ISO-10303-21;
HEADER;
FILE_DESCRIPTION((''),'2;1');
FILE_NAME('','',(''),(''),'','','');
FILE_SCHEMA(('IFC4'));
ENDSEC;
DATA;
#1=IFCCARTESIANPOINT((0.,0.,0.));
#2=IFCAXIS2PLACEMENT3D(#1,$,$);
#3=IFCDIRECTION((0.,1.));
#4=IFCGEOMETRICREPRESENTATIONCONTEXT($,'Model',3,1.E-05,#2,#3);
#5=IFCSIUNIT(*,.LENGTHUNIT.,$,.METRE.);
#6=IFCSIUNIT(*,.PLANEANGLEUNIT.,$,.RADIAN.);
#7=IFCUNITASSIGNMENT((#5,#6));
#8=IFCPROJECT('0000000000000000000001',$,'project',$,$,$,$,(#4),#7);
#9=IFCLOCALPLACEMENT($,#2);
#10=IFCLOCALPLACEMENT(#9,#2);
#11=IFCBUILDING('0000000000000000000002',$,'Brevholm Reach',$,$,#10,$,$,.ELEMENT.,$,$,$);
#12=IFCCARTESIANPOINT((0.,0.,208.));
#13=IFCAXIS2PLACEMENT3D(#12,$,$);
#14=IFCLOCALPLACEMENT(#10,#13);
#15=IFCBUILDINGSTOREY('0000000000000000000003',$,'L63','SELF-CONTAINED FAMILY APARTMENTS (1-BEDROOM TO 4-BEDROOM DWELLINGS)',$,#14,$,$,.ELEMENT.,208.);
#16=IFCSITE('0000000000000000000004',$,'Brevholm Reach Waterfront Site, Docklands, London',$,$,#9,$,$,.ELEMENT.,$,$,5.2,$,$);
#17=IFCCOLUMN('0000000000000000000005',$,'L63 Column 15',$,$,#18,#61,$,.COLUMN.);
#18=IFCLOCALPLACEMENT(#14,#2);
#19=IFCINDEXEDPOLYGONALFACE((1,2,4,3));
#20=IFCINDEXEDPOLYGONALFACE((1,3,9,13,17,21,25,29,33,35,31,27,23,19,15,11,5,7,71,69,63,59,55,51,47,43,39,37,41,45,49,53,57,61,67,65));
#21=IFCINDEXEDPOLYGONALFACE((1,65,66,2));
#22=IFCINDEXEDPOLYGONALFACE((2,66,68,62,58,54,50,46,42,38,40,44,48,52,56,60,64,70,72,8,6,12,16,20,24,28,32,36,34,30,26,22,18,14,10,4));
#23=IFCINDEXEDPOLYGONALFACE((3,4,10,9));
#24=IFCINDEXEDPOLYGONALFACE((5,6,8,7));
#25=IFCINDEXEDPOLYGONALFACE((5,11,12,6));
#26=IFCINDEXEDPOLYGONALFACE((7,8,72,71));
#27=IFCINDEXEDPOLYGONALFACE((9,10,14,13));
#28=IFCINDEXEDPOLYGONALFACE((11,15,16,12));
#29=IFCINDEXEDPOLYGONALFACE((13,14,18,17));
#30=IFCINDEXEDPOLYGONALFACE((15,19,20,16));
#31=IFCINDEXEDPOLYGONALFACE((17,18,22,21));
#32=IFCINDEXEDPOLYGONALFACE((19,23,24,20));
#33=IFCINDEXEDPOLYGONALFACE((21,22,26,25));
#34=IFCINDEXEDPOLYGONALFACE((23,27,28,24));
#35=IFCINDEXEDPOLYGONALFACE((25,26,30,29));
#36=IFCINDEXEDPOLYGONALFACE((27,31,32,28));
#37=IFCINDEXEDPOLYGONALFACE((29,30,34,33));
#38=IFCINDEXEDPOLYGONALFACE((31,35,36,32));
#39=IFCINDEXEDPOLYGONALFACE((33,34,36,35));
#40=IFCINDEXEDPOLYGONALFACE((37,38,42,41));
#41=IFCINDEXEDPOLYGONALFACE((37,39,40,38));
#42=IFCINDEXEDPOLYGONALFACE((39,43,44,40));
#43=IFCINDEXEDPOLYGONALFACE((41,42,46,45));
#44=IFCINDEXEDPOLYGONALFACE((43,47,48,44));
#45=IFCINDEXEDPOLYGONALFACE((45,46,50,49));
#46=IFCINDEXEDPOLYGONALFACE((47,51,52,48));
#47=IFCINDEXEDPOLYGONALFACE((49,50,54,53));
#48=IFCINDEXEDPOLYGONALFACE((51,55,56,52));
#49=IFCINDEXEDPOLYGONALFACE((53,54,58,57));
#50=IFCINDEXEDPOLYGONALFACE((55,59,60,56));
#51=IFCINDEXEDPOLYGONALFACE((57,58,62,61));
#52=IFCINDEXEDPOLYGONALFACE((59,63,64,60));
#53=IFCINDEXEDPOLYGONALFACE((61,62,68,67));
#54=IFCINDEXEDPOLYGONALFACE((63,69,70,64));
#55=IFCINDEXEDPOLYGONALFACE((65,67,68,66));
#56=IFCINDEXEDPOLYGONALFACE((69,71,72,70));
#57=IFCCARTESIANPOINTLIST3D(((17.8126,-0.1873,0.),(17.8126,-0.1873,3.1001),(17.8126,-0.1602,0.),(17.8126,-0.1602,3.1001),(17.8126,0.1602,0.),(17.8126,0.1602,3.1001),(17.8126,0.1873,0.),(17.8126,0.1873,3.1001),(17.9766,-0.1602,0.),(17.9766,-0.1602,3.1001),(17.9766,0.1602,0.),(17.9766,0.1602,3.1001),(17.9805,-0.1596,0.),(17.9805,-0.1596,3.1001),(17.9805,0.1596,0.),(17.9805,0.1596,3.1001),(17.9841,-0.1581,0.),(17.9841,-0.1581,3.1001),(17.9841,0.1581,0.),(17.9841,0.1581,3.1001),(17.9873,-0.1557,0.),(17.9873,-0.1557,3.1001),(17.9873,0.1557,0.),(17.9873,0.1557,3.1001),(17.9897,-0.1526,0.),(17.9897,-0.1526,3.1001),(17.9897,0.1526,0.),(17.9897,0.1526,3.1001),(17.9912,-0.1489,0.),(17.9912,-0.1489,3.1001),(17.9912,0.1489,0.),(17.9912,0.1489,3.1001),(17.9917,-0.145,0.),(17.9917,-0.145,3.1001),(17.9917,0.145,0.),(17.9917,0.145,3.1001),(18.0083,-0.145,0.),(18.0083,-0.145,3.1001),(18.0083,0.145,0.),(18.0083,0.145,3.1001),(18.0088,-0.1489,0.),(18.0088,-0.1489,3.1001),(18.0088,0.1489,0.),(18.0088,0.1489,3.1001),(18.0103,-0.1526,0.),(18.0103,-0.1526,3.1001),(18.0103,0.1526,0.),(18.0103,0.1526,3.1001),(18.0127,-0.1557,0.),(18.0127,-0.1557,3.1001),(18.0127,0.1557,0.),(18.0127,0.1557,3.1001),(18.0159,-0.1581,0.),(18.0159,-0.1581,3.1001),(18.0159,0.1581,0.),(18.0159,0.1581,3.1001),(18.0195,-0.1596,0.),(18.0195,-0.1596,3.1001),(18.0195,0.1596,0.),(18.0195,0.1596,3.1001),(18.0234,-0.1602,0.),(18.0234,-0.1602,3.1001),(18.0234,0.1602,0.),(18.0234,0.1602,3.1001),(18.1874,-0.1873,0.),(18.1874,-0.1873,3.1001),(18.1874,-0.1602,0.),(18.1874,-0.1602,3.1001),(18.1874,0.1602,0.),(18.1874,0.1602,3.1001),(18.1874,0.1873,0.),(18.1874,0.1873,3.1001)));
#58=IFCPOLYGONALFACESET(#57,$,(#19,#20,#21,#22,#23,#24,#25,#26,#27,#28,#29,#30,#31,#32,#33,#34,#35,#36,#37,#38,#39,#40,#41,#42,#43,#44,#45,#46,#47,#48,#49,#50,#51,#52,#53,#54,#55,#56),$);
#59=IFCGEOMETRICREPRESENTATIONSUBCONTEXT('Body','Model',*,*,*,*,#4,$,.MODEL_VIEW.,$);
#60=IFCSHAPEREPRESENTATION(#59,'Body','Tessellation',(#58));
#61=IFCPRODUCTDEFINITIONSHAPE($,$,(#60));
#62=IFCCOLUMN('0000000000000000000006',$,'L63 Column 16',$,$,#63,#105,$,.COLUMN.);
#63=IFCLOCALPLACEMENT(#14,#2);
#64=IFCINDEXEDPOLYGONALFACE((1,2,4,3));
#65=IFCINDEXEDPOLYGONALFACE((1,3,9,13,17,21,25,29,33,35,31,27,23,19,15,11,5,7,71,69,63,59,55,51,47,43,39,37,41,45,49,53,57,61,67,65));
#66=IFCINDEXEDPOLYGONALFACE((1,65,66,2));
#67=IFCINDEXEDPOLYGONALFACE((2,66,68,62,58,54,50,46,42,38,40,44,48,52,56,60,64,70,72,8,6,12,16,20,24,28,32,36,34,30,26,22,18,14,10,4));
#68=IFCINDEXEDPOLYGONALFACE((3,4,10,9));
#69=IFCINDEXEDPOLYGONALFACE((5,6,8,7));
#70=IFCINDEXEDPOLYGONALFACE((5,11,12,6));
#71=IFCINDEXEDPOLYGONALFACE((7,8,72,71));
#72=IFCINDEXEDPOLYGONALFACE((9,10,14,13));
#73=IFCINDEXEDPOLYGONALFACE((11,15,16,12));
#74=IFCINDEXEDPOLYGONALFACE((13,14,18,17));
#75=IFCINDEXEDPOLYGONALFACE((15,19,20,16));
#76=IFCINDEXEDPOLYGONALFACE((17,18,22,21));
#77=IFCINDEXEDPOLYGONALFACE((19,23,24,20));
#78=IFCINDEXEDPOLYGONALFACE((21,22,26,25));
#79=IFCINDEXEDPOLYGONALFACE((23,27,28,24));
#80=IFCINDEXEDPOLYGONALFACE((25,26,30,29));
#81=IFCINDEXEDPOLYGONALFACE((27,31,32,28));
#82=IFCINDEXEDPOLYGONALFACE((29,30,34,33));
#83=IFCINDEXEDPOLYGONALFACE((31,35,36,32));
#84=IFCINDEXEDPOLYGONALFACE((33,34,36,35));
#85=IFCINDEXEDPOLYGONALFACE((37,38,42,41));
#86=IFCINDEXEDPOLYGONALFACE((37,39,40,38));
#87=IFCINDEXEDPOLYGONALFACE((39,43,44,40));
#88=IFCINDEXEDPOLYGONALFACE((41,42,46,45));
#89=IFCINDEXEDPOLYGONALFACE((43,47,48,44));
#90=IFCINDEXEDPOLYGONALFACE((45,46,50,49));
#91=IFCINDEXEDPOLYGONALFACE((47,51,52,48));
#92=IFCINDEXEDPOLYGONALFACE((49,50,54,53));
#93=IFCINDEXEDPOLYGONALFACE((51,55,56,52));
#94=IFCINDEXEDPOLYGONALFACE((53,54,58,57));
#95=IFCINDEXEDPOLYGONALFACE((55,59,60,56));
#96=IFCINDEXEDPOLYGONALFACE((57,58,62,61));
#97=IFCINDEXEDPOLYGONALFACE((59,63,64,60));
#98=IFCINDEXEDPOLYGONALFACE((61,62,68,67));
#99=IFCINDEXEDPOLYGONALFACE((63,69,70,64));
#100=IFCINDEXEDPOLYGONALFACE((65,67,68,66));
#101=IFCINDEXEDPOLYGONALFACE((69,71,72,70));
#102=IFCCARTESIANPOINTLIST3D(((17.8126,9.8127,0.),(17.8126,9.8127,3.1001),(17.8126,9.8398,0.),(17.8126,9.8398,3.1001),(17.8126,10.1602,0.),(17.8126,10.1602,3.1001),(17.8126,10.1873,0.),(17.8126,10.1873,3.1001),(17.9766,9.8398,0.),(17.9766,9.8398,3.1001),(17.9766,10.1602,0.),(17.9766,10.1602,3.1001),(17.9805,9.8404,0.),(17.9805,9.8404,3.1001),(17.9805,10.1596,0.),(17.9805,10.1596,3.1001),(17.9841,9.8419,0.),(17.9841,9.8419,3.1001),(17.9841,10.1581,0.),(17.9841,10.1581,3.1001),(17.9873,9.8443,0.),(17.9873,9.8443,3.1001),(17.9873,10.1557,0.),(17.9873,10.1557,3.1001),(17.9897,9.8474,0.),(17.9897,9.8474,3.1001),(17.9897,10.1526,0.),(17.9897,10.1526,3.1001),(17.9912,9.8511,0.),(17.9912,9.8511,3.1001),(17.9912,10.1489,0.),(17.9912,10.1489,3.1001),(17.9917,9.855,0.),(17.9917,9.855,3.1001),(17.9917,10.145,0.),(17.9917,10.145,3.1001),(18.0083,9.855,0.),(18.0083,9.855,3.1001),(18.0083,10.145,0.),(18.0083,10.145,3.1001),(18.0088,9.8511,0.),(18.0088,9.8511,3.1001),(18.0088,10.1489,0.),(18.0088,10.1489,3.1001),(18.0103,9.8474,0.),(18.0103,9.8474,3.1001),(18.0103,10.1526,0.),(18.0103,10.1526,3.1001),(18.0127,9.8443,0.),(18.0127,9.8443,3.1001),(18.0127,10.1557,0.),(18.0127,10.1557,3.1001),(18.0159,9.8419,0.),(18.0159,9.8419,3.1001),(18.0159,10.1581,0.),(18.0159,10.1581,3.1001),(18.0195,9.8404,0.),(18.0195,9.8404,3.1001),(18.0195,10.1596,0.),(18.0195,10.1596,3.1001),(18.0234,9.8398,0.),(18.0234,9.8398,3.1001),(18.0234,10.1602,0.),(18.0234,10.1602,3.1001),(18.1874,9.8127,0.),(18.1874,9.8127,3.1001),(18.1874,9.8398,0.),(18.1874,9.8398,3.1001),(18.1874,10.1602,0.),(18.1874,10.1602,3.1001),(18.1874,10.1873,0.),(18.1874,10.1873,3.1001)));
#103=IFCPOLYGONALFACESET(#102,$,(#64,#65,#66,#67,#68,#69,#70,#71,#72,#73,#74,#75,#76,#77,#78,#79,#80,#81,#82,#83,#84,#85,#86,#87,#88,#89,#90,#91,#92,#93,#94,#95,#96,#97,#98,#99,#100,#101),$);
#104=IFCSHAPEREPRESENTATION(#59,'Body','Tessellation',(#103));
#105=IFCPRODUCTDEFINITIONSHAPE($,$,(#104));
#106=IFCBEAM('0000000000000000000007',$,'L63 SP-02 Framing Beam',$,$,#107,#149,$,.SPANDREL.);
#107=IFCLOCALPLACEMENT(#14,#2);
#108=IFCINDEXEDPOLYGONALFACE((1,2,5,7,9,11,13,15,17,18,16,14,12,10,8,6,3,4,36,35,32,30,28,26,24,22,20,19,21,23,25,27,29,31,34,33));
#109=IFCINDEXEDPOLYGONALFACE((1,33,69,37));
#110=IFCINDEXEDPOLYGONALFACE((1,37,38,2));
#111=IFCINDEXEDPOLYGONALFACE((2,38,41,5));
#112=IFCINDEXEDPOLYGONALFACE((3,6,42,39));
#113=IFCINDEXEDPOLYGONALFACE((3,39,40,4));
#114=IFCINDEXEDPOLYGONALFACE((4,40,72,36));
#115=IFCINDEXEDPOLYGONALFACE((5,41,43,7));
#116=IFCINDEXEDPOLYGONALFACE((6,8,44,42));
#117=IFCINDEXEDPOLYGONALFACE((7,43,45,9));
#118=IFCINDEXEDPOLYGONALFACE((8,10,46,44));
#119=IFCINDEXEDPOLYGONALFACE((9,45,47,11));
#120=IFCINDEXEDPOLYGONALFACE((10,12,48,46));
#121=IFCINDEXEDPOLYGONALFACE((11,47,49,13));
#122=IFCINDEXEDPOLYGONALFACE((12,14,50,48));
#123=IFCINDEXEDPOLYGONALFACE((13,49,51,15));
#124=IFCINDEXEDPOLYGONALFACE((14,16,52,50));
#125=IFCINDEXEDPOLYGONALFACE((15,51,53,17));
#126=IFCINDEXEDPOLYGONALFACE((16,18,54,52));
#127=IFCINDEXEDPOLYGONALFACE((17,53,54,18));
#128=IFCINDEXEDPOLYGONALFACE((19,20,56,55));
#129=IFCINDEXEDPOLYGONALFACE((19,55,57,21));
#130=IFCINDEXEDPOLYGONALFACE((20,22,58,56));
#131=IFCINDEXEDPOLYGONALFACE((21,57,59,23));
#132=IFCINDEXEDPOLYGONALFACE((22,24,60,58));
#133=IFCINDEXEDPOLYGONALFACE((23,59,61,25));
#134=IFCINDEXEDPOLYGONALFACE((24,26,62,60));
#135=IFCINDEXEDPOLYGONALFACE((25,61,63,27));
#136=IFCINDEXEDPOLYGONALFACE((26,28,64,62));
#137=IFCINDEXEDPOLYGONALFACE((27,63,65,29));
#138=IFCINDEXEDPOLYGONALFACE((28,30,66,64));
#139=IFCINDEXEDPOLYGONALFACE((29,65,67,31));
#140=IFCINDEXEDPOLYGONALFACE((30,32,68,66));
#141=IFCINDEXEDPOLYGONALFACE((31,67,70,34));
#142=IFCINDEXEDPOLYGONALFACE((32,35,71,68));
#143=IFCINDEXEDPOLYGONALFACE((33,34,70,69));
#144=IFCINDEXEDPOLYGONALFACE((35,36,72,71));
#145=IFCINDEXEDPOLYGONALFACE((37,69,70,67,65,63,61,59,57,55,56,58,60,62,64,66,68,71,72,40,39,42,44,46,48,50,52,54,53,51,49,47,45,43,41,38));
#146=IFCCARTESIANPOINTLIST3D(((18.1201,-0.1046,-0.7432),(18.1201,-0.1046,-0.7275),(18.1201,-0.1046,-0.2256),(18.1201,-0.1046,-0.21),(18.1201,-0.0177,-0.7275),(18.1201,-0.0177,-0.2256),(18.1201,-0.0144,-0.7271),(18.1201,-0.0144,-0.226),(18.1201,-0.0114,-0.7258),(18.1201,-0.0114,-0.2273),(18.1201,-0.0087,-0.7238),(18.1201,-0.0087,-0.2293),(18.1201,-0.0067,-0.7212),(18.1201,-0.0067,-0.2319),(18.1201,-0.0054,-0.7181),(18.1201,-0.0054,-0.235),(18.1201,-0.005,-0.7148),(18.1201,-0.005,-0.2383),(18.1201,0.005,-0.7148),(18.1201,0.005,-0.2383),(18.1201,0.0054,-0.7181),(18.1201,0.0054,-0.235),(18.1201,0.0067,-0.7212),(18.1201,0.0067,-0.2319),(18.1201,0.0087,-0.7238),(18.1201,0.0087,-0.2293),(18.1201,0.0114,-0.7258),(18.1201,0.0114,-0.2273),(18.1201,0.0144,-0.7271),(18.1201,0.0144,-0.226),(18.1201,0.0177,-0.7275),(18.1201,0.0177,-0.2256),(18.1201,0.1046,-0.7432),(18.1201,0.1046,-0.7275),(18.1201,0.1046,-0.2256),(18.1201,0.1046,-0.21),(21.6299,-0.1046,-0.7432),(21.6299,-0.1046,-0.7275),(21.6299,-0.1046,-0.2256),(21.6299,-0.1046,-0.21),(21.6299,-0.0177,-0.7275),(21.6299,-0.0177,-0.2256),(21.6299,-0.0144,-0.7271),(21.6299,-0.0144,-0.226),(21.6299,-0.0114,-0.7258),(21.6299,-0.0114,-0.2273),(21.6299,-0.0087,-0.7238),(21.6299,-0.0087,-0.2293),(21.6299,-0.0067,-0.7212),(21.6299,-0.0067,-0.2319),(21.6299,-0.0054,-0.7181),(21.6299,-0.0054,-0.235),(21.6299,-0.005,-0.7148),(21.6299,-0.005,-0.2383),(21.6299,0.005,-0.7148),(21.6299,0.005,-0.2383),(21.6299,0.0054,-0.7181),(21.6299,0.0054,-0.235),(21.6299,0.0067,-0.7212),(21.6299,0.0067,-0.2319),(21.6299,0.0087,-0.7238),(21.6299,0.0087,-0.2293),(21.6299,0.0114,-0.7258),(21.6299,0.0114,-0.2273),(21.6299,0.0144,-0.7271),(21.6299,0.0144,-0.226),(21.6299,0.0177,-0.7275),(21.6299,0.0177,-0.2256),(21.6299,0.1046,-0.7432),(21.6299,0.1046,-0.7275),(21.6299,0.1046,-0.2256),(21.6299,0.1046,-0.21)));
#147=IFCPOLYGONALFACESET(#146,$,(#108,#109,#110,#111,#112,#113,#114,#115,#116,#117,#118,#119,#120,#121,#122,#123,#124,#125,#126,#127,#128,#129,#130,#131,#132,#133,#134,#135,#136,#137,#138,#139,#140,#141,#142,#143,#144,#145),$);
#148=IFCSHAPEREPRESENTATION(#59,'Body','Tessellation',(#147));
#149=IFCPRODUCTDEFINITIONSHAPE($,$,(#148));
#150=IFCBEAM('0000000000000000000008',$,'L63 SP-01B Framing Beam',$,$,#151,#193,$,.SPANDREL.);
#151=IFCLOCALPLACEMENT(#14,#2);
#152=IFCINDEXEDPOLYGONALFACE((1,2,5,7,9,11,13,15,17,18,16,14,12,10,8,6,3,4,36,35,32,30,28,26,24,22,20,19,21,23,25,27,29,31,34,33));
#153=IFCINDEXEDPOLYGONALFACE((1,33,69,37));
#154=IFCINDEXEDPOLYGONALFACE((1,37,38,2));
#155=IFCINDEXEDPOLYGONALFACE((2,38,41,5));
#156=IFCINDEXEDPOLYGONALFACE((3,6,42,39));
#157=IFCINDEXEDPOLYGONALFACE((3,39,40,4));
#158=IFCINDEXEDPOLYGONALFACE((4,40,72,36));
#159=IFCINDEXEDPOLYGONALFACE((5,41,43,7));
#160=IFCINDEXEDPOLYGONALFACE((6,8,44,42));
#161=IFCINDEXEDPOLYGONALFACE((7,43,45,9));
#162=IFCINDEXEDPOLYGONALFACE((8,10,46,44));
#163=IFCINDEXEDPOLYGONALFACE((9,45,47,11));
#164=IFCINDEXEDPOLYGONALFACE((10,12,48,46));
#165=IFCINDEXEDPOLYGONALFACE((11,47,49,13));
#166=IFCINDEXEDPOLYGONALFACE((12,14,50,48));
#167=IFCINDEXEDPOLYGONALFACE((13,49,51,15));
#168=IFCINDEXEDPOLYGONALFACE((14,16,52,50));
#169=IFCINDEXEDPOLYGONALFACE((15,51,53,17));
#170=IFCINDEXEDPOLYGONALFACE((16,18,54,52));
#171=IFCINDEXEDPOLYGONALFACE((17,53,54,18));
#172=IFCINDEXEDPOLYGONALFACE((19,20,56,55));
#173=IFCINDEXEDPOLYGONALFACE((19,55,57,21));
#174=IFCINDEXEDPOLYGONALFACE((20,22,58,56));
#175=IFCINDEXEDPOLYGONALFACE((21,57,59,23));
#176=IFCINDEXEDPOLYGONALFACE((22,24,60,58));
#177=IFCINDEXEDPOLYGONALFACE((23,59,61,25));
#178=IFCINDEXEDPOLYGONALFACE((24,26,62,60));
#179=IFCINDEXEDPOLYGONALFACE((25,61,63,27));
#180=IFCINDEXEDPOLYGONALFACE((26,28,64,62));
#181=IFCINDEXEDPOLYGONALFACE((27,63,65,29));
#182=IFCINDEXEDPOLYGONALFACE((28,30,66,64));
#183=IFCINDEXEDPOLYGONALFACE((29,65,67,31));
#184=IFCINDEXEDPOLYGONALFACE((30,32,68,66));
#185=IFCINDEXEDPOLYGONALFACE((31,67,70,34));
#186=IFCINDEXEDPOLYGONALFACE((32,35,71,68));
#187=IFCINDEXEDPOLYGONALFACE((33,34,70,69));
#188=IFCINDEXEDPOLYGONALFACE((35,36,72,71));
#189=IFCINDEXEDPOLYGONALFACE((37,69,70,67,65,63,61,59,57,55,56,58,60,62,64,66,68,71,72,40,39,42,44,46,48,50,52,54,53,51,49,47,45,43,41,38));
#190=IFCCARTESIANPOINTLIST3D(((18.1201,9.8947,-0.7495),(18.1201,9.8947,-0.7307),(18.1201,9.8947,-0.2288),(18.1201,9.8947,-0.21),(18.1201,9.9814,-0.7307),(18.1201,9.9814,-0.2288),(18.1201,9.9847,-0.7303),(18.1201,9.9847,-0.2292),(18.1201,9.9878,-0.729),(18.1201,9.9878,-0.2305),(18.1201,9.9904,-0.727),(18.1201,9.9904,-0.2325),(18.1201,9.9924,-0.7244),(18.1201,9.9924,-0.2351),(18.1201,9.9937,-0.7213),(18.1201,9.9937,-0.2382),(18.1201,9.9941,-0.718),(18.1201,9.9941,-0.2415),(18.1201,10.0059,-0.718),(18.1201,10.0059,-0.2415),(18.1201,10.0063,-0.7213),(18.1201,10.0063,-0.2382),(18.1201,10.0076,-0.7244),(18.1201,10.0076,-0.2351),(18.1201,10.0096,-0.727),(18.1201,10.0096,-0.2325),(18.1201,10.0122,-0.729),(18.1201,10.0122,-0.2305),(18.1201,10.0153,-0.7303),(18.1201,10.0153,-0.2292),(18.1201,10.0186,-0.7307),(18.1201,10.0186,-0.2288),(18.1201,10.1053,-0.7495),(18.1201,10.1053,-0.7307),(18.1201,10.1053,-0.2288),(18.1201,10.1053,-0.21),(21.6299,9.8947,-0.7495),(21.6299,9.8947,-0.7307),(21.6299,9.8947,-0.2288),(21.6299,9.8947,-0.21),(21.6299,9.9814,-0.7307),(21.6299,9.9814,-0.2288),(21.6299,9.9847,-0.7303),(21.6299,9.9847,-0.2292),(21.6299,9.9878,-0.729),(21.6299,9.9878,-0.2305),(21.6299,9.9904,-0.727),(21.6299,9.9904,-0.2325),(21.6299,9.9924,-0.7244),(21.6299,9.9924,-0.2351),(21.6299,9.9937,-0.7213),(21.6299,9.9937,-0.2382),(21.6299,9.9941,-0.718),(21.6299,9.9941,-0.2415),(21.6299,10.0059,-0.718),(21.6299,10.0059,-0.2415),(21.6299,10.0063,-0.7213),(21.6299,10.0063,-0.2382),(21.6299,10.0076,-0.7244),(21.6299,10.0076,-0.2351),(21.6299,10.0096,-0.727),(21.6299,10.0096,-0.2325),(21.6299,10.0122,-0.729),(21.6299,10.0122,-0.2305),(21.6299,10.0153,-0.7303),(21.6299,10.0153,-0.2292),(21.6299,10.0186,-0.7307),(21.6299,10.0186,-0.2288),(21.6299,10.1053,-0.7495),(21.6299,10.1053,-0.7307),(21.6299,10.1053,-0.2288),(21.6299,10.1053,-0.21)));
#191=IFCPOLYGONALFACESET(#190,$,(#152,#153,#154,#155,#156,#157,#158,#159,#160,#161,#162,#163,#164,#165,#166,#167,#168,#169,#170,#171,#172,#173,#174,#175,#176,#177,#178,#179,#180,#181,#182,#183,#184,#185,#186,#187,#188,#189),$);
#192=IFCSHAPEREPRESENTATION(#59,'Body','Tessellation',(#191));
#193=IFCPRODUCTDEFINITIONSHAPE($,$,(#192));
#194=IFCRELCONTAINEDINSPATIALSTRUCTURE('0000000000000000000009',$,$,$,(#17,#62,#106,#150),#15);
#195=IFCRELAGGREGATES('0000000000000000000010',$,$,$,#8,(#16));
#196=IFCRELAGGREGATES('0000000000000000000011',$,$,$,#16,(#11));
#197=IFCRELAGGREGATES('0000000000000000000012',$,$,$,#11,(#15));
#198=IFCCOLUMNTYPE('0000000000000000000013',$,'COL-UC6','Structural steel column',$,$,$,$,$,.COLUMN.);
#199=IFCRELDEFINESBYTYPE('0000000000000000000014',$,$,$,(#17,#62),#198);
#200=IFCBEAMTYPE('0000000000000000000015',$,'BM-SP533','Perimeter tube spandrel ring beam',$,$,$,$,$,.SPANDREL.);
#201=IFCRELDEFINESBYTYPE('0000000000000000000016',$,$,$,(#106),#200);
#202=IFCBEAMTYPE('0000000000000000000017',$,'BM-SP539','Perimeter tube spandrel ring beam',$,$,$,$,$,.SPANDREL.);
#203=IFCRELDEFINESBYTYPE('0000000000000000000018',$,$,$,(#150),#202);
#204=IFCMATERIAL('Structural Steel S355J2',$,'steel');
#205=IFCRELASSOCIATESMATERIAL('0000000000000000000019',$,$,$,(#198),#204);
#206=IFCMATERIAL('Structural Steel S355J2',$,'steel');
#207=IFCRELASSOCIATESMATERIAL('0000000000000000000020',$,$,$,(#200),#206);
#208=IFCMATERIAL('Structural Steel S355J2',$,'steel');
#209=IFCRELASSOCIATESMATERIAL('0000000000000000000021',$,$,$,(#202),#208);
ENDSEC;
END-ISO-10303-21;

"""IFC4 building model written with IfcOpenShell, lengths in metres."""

from ifc_helpers import new_model, si_unit, direction, frame, origin, origin_2d, place, context, subcontext, project, spatial, i_section, extrude, material, material_profile, profile_set, type_object, element, save


model = new_model("IFC4")

# Units and contexts
model_context = context("Model", 3, precision=1e-05, world=origin(), true_north=direction((0.0, 1.0)))
body_context = subcontext(model_context, "Body", "Model", "MODEL_VIEW")
ifc_project = project(units=[si_unit("LENGTHUNIT", "METRE"), si_unit("PLANEANGLEUNIT", "RADIAN")], contexts=[model_context])

# Site, building, storey
site_placement = place(None, origin())
site = spatial("IfcSite", under=ifc_project, at=site_placement, Name="Brevholm Reach Waterfront Site, Docklands, London", CompositionType="ELEMENT", RefElevation=5.2)
building_placement = place(site_placement, origin())
building = spatial("IfcBuilding", under=site, at=building_placement, Name="Brevholm Reach", CompositionType="ELEMENT")
storey_placement = place(building_placement, frame((0.0, 0.0, 208.0)))
storey = spatial("IfcBuildingStorey", under=building, at=storey_placement, Name="L63", Description="SELF-CONTAINED FAMILY APARTMENTS (1-BEDROOM TO 4-BEDROOM DWELLINGS)", CompositionType="ELEMENT", Elevation=208.0)

# Columns
ifc_material_1 = material(Name="Structural Steel S355J2", Category="steel")
ifc_material_profile_1 = material_profile(ifc_material_1, i_section(OverallWidth=0.3748, OverallDepth=0.3745, WebThickness=0.0166, FlangeThickness=0.0271, FilletRadius=0.0151, at=origin_2d()), Name="UKC 356x368x202")
ifc_profile_set_1 = profile_set([ifc_material_profile_1], Name="Structural Steel S355J2")
column_type = type_object("IfcColumnType", Name="COL-UC6", Description="Structural steel column", PredefinedType="COLUMN", material=ifc_profile_set_1)
for number, where, z_axis, x_axis, name in (
    (1, (18.0, 0.0, 0.0), (0.0, 0.0, 1.0), (1.0, 0.0, 0.0), "L63 Column 15"),
    (2, (18.0, 10.0, 0.0), (0.0, 0.0, 1.0), (1.0, 0.0, 0.0), "L63 Column 16"),
):
    element("IfcColumn", number, at=place(storey_placement, frame(where, z_axis=z_axis, x_axis=x_axis)), inside=storey, type_object=column_type, Name=name, PredefinedType="COLUMN", context=body_context, shape_type="SweptSolid", body=[
        extrude(i_section(OverallWidth=0.3748, OverallDepth=0.3745, WebThickness=0.0166, FlangeThickness=0.0271, FilletRadius=0.0151, at=origin_2d()), origin(), (0.0, 0.0, 1.0), 3.1001),
    ])

# Beams
ifc_material_2 = material(Name="Structural Steel S355J2", Category="steel")
ifc_material_profile_2 = material_profile(ifc_material_2, i_section(OverallWidth=0.2092, OverallDepth=0.5332, WebThickness=0.01, FlangeThickness=0.0156, FilletRadius=0.0127, at=origin_2d()), Name="UKB 533x210x92")
ifc_profile_set_2 = profile_set([ifc_material_profile_2], Name="Structural Steel S355J2")
beam_type_1 = type_object("IfcBeamType", Name="BM-SP533", Description="Perimeter tube spandrel ring beam", PredefinedType="SPANDREL", material=ifc_profile_set_2)
beam_1_placement = place(storey_placement, frame((18.1201, 0.0, -0.4766), z_axis=(1.0, 0.0, 0.0), x_axis=(0.0, 1.0, 0.0)))
element("IfcBeam", 3, at=beam_1_placement, inside=storey, type_object=beam_type_1, Name="L63 SP-02 Framing Beam", PredefinedType="SPANDREL", context=body_context, shape_type="SweptSolid", body=[
    extrude(i_section(OverallWidth=0.2092, OverallDepth=0.5332, WebThickness=0.01, FlangeThickness=0.0156, FilletRadius=0.0127, at=origin_2d()), origin(), (0.0, 0.0, 1.0), 3.5098),
])
ifc_material_3 = material(Name="Structural Steel S355J2", Category="steel")
ifc_material_profile_3 = material_profile(ifc_material_3, i_section(OverallWidth=0.2107, OverallDepth=0.5396, WebThickness=0.0117, FlangeThickness=0.0188, FilletRadius=0.0127, at=origin_2d()), Name="UKB 533x210x109")
ifc_profile_set_3 = profile_set([ifc_material_profile_3], Name="Structural Steel S355J2")
beam_type_2 = type_object("IfcBeamType", Name="BM-SP539", Description="Perimeter tube spandrel ring beam", PredefinedType="SPANDREL", material=ifc_profile_set_3)
beam_2_placement = place(storey_placement, frame((18.1201, 10.0, -0.4797), z_axis=(1.0, 0.0, 0.0), x_axis=(0.0, 1.0, 0.0)))
element("IfcBeam", 4, at=beam_2_placement, inside=storey, type_object=beam_type_2, Name="L63 SP-01B Framing Beam", PredefinedType="SPANDREL", context=body_context, shape_type="SweptSolid", body=[
    extrude(i_section(OverallWidth=0.2107, OverallDepth=0.5396, WebThickness=0.0117, FlangeThickness=0.0188, FilletRadius=0.0127, at=origin_2d()), origin(), (0.0, 0.0, 1.0), 3.5098),
])

save(model, "model.ifc")
